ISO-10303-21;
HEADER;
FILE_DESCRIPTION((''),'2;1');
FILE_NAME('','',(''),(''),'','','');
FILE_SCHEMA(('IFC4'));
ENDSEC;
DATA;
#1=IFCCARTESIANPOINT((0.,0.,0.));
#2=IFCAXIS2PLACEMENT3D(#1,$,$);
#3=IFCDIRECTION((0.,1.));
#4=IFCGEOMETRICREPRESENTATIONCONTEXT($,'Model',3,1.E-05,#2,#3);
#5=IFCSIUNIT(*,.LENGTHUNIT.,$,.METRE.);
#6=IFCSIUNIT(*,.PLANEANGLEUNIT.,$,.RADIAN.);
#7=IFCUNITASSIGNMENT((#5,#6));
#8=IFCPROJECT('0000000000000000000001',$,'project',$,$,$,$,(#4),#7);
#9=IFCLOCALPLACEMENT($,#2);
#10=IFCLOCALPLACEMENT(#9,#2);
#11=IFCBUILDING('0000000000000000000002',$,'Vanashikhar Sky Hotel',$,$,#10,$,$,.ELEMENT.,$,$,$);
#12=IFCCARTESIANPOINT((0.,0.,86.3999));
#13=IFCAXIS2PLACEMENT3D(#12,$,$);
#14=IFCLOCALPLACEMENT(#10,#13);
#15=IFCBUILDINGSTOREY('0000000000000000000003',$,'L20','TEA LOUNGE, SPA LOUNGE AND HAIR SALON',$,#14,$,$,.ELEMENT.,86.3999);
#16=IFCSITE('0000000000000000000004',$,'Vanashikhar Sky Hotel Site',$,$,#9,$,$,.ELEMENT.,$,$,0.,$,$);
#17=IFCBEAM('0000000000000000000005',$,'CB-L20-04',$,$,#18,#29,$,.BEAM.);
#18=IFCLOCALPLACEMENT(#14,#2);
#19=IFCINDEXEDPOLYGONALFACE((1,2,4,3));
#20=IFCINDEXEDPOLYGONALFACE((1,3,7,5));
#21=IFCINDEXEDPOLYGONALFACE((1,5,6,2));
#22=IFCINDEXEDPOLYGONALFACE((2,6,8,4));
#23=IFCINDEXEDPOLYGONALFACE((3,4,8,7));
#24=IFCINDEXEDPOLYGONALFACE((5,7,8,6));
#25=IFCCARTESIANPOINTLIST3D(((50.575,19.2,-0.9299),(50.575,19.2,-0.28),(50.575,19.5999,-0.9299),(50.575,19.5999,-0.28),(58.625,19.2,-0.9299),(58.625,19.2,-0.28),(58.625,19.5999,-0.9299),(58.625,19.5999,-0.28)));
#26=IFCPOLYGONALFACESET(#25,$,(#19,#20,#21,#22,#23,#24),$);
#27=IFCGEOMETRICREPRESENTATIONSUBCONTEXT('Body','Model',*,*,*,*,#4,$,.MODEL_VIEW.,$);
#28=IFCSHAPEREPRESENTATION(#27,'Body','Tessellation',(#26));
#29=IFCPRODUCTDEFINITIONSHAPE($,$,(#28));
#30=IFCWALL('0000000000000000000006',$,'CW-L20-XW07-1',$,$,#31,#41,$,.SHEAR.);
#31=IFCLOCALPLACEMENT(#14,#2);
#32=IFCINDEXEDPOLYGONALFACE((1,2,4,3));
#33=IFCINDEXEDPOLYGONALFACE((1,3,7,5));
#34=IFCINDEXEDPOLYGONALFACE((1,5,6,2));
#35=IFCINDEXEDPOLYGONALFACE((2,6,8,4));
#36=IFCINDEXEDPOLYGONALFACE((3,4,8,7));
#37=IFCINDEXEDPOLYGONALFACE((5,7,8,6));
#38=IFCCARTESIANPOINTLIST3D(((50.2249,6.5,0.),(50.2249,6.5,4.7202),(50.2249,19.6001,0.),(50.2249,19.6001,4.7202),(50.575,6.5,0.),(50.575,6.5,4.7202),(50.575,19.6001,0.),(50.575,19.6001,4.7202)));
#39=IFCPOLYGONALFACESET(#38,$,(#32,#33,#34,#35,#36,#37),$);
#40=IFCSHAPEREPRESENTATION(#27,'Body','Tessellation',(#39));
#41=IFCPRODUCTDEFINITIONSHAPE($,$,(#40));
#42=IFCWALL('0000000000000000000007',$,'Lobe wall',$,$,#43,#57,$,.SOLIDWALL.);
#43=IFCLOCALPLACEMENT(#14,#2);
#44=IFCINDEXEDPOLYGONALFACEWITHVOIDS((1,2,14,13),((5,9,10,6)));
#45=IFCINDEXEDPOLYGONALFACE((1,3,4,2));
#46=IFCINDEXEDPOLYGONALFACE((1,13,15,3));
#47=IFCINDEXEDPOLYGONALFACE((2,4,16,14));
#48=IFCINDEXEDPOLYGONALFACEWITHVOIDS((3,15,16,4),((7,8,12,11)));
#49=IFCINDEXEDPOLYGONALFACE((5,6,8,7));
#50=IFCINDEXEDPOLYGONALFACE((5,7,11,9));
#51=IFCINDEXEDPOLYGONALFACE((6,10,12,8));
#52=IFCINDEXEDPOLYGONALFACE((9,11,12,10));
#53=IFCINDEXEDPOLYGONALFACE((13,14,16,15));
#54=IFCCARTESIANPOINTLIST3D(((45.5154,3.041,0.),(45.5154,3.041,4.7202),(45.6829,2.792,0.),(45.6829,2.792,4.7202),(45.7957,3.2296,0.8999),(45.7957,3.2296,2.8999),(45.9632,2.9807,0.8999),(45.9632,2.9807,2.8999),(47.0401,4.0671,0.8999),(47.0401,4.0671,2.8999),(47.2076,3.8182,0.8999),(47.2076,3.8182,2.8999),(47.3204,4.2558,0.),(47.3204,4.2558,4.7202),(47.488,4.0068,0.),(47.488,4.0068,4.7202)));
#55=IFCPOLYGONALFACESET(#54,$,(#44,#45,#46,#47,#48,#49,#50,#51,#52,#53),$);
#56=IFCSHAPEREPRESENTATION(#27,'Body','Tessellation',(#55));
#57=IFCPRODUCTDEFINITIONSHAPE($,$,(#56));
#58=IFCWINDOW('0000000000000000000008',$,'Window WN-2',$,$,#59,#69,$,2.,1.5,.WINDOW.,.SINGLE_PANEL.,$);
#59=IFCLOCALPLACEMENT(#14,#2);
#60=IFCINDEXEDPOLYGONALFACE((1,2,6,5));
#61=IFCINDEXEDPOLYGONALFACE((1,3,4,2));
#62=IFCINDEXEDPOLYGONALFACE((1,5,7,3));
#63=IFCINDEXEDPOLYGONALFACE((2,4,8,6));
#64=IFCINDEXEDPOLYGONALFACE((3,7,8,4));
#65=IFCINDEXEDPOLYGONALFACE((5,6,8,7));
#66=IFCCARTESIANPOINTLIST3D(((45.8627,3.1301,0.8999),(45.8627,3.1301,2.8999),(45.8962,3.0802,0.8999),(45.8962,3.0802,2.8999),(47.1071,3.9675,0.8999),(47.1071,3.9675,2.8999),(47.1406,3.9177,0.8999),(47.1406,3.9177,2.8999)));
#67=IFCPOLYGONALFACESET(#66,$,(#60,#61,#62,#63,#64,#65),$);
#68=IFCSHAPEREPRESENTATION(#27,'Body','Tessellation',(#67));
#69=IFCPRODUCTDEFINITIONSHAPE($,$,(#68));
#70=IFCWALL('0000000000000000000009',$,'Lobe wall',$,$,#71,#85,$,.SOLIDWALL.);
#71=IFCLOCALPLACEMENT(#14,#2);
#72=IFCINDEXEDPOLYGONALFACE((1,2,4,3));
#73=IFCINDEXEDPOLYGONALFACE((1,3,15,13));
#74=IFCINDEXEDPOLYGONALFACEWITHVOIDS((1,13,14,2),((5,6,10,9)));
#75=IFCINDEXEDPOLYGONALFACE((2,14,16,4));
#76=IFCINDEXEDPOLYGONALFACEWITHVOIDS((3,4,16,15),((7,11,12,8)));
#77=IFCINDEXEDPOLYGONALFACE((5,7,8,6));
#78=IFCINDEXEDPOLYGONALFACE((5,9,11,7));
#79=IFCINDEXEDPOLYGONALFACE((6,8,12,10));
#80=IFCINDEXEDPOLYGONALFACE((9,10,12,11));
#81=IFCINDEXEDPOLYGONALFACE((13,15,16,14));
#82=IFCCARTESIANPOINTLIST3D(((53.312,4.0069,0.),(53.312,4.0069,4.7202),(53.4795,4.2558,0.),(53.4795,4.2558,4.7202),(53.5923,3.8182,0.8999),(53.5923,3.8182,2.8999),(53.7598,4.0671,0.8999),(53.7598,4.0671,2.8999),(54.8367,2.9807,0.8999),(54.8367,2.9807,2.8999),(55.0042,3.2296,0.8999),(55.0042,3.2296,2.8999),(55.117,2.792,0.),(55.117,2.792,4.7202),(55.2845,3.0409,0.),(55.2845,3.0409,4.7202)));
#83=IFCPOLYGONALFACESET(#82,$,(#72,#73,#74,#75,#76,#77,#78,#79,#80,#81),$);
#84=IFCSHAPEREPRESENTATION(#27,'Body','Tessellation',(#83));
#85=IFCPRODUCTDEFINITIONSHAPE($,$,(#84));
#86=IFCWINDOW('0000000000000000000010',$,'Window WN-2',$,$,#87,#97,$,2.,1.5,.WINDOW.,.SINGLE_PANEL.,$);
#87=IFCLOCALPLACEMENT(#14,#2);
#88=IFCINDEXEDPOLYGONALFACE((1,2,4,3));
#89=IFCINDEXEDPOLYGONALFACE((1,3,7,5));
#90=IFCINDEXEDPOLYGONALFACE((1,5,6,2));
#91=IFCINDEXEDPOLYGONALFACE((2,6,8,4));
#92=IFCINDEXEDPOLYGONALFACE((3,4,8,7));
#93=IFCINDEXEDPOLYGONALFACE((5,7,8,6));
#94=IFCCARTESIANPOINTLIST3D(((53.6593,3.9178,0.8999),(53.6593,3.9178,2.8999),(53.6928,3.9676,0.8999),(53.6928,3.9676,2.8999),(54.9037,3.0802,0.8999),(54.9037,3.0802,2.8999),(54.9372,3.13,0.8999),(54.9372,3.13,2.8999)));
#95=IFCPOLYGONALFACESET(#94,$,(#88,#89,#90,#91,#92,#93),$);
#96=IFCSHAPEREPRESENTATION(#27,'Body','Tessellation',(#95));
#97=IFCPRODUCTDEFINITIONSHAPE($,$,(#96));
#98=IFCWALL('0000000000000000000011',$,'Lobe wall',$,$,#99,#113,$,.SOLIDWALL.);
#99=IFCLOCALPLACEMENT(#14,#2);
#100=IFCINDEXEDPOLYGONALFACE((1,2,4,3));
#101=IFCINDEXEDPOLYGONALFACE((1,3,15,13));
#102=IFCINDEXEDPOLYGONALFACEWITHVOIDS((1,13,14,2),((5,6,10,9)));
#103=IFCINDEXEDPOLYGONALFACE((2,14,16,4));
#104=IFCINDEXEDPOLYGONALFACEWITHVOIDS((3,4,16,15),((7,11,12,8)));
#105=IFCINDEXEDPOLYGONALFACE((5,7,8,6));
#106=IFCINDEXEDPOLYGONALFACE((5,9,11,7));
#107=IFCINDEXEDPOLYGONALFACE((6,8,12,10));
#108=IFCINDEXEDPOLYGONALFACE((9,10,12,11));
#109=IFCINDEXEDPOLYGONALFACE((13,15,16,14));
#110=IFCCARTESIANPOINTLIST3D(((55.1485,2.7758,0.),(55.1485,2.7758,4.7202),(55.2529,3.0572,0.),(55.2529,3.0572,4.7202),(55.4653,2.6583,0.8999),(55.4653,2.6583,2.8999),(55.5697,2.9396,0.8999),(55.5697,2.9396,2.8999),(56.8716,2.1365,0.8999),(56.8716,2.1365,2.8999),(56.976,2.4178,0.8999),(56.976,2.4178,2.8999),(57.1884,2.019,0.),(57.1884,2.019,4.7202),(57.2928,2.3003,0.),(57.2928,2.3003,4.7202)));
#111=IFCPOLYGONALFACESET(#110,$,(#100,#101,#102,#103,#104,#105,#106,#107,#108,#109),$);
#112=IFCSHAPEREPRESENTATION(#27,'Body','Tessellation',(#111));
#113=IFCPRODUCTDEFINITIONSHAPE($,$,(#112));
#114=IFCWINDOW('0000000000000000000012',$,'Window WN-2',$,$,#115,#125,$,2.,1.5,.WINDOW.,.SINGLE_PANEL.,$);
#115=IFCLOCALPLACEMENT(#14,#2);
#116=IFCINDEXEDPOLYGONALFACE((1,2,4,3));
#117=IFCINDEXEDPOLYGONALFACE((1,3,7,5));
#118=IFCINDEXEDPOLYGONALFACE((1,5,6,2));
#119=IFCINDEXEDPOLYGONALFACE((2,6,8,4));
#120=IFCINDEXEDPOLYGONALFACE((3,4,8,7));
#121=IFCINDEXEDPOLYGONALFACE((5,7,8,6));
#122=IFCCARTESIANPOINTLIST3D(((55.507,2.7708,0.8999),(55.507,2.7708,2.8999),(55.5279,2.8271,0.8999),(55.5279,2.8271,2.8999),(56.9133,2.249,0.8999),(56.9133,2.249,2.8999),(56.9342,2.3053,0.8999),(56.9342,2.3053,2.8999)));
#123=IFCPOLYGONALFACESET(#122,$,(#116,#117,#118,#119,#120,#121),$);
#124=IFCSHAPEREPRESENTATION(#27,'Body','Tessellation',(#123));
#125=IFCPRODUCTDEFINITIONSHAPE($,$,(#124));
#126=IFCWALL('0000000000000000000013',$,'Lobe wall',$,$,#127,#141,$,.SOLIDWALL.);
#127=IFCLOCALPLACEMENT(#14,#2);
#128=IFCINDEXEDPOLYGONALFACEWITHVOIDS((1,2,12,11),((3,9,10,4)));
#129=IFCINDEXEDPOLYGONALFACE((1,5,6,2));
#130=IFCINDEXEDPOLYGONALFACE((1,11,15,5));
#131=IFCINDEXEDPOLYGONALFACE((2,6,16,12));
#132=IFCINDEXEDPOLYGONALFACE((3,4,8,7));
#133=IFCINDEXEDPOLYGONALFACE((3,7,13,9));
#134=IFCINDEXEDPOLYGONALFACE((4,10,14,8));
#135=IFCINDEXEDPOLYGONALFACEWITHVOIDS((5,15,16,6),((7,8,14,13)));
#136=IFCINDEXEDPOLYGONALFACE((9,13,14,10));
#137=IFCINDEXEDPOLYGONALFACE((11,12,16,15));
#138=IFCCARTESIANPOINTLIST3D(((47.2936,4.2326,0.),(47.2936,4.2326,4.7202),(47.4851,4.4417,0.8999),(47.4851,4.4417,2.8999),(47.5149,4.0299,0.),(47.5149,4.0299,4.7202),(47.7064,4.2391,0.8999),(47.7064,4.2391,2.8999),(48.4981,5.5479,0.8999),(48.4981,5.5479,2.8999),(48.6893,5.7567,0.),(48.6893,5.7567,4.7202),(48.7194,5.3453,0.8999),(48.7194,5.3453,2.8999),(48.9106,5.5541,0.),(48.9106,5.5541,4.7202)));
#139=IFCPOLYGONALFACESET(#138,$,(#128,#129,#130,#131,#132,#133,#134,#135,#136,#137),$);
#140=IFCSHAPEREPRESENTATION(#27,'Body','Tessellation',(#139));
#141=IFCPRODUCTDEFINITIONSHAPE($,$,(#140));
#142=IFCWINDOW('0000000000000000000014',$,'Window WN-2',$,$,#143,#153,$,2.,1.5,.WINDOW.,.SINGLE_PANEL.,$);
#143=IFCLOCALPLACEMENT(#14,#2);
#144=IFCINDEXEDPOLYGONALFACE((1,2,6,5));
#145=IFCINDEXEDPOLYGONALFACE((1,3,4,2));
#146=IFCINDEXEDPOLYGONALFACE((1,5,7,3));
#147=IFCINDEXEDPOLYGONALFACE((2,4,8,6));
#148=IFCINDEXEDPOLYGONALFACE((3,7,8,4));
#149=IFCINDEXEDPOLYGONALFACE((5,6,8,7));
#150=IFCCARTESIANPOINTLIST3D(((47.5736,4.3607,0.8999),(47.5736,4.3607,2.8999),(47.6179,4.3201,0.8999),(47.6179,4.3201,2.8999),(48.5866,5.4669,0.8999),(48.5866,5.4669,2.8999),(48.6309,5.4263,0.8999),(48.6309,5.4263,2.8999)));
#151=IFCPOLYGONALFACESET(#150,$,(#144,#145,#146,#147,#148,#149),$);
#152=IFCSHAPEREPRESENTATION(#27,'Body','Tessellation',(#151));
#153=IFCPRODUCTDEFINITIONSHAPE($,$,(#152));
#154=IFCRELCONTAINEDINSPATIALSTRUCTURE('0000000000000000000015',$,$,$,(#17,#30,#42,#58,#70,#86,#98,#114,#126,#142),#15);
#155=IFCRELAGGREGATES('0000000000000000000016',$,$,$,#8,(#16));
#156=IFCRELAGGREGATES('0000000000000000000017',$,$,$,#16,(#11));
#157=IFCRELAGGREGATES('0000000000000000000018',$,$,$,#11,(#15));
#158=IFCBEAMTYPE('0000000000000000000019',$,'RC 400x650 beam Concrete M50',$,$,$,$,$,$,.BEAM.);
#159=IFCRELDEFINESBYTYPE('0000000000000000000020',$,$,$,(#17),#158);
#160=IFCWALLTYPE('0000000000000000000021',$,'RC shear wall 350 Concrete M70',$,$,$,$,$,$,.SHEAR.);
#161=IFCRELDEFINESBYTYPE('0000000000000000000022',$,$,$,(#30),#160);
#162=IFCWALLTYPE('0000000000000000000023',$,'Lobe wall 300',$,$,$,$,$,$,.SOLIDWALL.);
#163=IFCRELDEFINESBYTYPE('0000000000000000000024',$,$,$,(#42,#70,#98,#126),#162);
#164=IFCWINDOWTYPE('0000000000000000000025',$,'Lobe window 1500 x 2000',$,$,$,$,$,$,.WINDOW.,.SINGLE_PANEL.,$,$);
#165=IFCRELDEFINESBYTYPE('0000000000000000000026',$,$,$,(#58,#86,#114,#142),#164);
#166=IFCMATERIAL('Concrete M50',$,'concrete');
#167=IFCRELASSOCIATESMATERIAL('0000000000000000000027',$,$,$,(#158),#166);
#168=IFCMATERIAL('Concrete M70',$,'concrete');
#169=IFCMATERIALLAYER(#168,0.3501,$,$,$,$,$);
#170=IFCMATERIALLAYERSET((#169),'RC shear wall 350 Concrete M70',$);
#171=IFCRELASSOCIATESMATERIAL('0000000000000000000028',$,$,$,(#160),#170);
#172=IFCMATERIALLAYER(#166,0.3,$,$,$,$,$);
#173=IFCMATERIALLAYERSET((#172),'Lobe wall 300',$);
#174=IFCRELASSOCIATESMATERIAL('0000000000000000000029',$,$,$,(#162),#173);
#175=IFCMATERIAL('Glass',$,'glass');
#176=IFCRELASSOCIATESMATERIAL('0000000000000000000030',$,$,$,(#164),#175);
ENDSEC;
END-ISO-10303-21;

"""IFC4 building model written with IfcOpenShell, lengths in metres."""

from ifc_helpers import new_model, si_unit, direction, frame, frame_2d, origin, origin_2d, place, context, subcontext, project, spatial, rectangle, extrude, source, transform, mapped, material, layer, layer_set, material_profile, profile_set, type_object, element, fill, save


model = new_model("IFC4")

# Units and contexts
model_context = context("Model", 3, precision=1e-05, world=origin(), true_north=direction((0.0, 1.0)))
body_context = subcontext(model_context, "Body", "Model", "MODEL_VIEW")
ifc_project = project(units=[si_unit("LENGTHUNIT", "METRE"), si_unit("PLANEANGLEUNIT", "RADIAN")], contexts=[model_context])

# Site, building, storey
site_placement = place(None, origin())
site = spatial("IfcSite", under=ifc_project, at=site_placement, Name="Vanashikhar Sky Hotel Site", CompositionType="ELEMENT", RefElevation=0.0)
building_placement = place(site_placement, origin())
building = spatial("IfcBuilding", under=site, at=building_placement, Name="Vanashikhar Sky Hotel", CompositionType="ELEMENT")
storey_placement = place(building_placement, frame((0.0, 0.0, 86.3999)))
storey = spatial("IfcBuildingStorey", under=building, at=storey_placement, Name="L20", Description="TEA LOUNGE, SPA LOUNGE AND HAIR SALON", CompositionType="ELEMENT", Elevation=86.3999)

# Beam
ifc_material_1 = material(Name="Concrete M50", Category="concrete")
ifc_material_profile_1 = material_profile(ifc_material_1, rectangle(XDim=0.3999, YDim=0.6499, at=origin_2d()))
ifc_profile_set_1 = profile_set([ifc_material_profile_1], Name="RC 400x650 beam Concrete M50")
beam_type = type_object("IfcBeamType", Name="RC 400x650 beam Concrete M50", PredefinedType="BEAM", material=ifc_profile_set_1)
shared_shape_1 = source(origin(), body_context, "Body", "SweptSolid", [
    extrude(rectangle(XDim=0.3999, YDim=0.6499, at=origin_2d()), origin(), (0.0, 0.0, 1.0), 8.05),
])
beam_placement = place(storey_placement, frame((50.575, 19.3999, -0.605), z_axis=(1.0, 0.0, 0.0), x_axis=(0.0, 1.0, 0.0)))
element("IfcBeam", 1, at=beam_placement, inside=storey, type_object=beam_type, Name="CB-L20-04", PredefinedType="BEAM", context=body_context, shape_type="MappedRepresentation", body=[
    mapped(shared_shape_1, transform((0.0, 0.0, 0.0), scale=1.0)),
])

# Wall
ifc_material_2 = material(Name="Concrete M70", Category="concrete")
ifc_layer_1 = layer(ifc_material_2, 0.3501)
ifc_layer_set_1 = layer_set([ifc_layer_1], Name="RC shear wall 350 Concrete M70")
wall_type_1 = type_object("IfcWallType", Name="RC shear wall 350 Concrete M70", PredefinedType="SHEAR", material=ifc_layer_set_1)
shared_shape_2 = source(origin(), body_context, "Body", "SweptSolid", [
    extrude(rectangle(XDim=13.1001, YDim=0.3501, at=frame_2d((6.55, 0.0))), origin(), (0.0, 0.0, 1.0), 4.7202),
])
wall_1_placement = place(storey_placement, frame((50.3999, 6.5, 0.0), z_axis=(0.0, 0.0, 1.0), x_axis=(0.0, 1.0, 0.0)))
element("IfcWall", 2, at=wall_1_placement, inside=storey, type_object=wall_type_1, Name="CW-L20-XW07-1", PredefinedType="SHEAR", context=body_context, shape_type="MappedRepresentation", body=[
    mapped(shared_shape_2, transform((0.0, 0.0, 0.0), scale=1.0)),
])

# Walls, openings, windows
ifc_layer_2 = layer(ifc_material_1, 0.3)
ifc_layer_set_2 = layer_set([ifc_layer_2], Name="Lobe wall 300")
wall_type_2 = type_object("IfcWallType", Name="Lobe wall 300", PredefinedType="SOLIDWALL", material=ifc_layer_set_2)
shared_shape_3 = source(origin(), body_context, "Body", "SweptSolid", [
    extrude(rectangle(XDim=2.1758, YDim=0.3, at=frame_2d((1.0879, 0.0))), origin(), (0.0, 0.0, 1.0), 4.7202),
])
wall_2_placement = place(storey_placement, frame((45.5991, 2.9165, 0.0), z_axis=(0.0, 0.0, 1.0), x_axis=(0.829626, 0.55832, 0.0)))
wall_2 = element("IfcWall", 3, at=wall_2_placement, inside=storey, type_object=wall_type_2, Name="Lobe wall", PredefinedType="SOLIDWALL", context=body_context, shape_type="MappedRepresentation", body=[
    mapped(shared_shape_3, transform((0.0, 0.0, 0.0), scale=1.0)),
])
shared_shape_4 = source(origin(), body_context, "Body", "SweptSolid", [
    extrude(rectangle(XDim=1.5, YDim=2.0, at=frame_2d((0.75, 1.0))), frame((0.0, 0.1602, 0.0), z_axis=(0.0, -1.0, 0.0), x_axis=(1.0, 0.0, 0.0)), (0.0, 0.0, 1.0), 0.3201),
])
opening_1_placement = place(wall_2_placement, frame((0.3379, 0.0, 0.8999)))
opening_1 = element("IfcOpeningElement", 4, at=opening_1_placement, cuts=wall_2, PredefinedType="OPENING", context=body_context, shape_type="MappedRepresentation", body=[
    mapped(shared_shape_4, transform((0.0, 0.0, 0.0), scale=1.0)),
])
ifc_material_3 = material(Name="Glass", Category="glass")
window_type = type_object("IfcWindowType", Name="Lobe window 1500 x 2000", PartitioningType="SINGLE_PANEL", PredefinedType="WINDOW", material=ifc_material_3)
shared_shape_5 = source(origin(), body_context, "Body", "SweptSolid", [
    extrude(rectangle(XDim=1.5, YDim=2.0, at=frame_2d((0.75, 1.0))), frame((0.0, 0.03, 0.0), z_axis=(0.0, -1.0, 0.0), x_axis=(1.0, 0.0, 0.0)), (0.0, 0.0, 1.0), 0.0601),
])
window_1_placement = place(opening_1_placement, origin())
window_1 = element("IfcWindow", 5, at=window_1_placement, inside=storey, type_object=window_type, Name="Window WN-2", OverallHeight=2.0, OverallWidth=1.5, PartitioningType="SINGLE_PANEL", PredefinedType="WINDOW", context=body_context, shape_type="MappedRepresentation", body=[
    mapped(shared_shape_5, transform((0.0, 0.0, 0.0), scale=1.0)),
])
fill(opening_1, window_1)
wall_3_placement = place(storey_placement, frame((53.3958, 4.1313, 0.0), z_axis=(0.0, 0.0, 1.0), x_axis=(0.829591, -0.558372, 0.0)))
wall_3 = element("IfcWall", 6, at=wall_3_placement, inside=storey, type_object=wall_type_2, Name="Lobe wall", PredefinedType="SOLIDWALL", context=body_context, shape_type="MappedRepresentation", body=[
    mapped(shared_shape_3, transform((0.0, 0.0, 0.0), scale=1.0)),
])
opening_2_placement = place(wall_3_placement, frame((0.3379, 0.0, 0.8999)))
opening_2 = element("IfcOpeningElement", 7, at=opening_2_placement, cuts=wall_3, PredefinedType="OPENING", context=body_context, shape_type="MappedRepresentation", body=[
    mapped(shared_shape_4, transform((0.0, 0.0, 0.0), scale=1.0)),
])
window_2_placement = place(opening_2_placement, origin())
window_2 = element("IfcWindow", 8, at=window_2_placement, inside=storey, type_object=window_type, Name="Window WN-2", OverallHeight=2.0, OverallWidth=1.5, PartitioningType="SINGLE_PANEL", PredefinedType="WINDOW", context=body_context, shape_type="MappedRepresentation", body=[
    mapped(shared_shape_5, transform((0.0, 0.0, 0.0), scale=1.0)),
])
fill(opening_2, window_2)
wall_4_placement = place(storey_placement, frame((55.2007, 2.9165, 0.0), z_axis=(0.0, 0.0, 1.0), x_axis=(0.937546, -0.347863, 0.0)))
wall_4 = element("IfcWall", 9, at=wall_4_placement, inside=storey, type_object=wall_type_2, Name="Lobe wall", PredefinedType="SOLIDWALL", context=body_context, shape_type="MappedRepresentation", body=[
    mapped(shared_shape_3, transform((0.0, 0.0, 0.0), scale=1.0)),
])
opening_3_placement = place(wall_4_placement, frame((0.3379, 0.0, 0.8999)))
opening_3 = element("IfcOpeningElement", 10, at=opening_3_placement, cuts=wall_4, PredefinedType="OPENING", context=body_context, shape_type="MappedRepresentation", body=[
    mapped(shared_shape_4, transform((0.0, 0.0, 0.0), scale=1.0)),
])
window_3_placement = place(opening_3_placement, origin())
window_3 = element("IfcWindow", 11, at=window_3_placement, inside=storey, type_object=window_type, Name="Window WN-2", OverallHeight=2.0, OverallWidth=1.5, PartitioningType="SINGLE_PANEL", PredefinedType="WINDOW", context=body_context, shape_type="MappedRepresentation", body=[
    mapped(shared_shape_5, transform((0.0, 0.0, 0.0), scale=1.0)),
])
fill(opening_3, window_3)
shared_shape_6 = source(origin(), body_context, "Body", "SweptSolid", [
    extrude(rectangle(XDim=2.0667, YDim=0.3, at=frame_2d((1.0332, 0.0))), origin(), (0.0, 0.0, 1.0), 4.7202),
])
wall_5_placement = place(storey_placement, frame((47.4043, 4.1313, 0.0), z_axis=(0.0, 0.0, 1.0), x_axis=(0.675355, 0.737492, 0.0)))
wall_5 = element("IfcWall", 12, at=wall_5_placement, inside=storey, type_object=wall_type_2, Name="Lobe wall", PredefinedType="SOLIDWALL", context=body_context, shape_type="MappedRepresentation", body=[
    mapped(shared_shape_6, transform((0.0, 0.0, 0.0), scale=1.0)),
])
opening_4_placement = place(wall_5_placement, frame((0.2834, 0.0, 0.8999)))
opening_4 = element("IfcOpeningElement", 13, at=opening_4_placement, cuts=wall_5, PredefinedType="OPENING", context=body_context, shape_type="MappedRepresentation", body=[
    mapped(shared_shape_4, transform((0.0, 0.0, 0.0), scale=1.0)),
])
window_4_placement = place(opening_4_placement, origin())
window_4 = element("IfcWindow", 14, at=window_4_placement, inside=storey, type_object=window_type, Name="Window WN-2", OverallHeight=2.0, OverallWidth=1.5, PartitioningType="SINGLE_PANEL", PredefinedType="WINDOW", context=body_context, shape_type="MappedRepresentation", body=[
    mapped(shared_shape_5, transform((0.0, 0.0, 0.0), scale=1.0)),
])
fill(opening_4, window_4)

save(model, "model.ifc")
